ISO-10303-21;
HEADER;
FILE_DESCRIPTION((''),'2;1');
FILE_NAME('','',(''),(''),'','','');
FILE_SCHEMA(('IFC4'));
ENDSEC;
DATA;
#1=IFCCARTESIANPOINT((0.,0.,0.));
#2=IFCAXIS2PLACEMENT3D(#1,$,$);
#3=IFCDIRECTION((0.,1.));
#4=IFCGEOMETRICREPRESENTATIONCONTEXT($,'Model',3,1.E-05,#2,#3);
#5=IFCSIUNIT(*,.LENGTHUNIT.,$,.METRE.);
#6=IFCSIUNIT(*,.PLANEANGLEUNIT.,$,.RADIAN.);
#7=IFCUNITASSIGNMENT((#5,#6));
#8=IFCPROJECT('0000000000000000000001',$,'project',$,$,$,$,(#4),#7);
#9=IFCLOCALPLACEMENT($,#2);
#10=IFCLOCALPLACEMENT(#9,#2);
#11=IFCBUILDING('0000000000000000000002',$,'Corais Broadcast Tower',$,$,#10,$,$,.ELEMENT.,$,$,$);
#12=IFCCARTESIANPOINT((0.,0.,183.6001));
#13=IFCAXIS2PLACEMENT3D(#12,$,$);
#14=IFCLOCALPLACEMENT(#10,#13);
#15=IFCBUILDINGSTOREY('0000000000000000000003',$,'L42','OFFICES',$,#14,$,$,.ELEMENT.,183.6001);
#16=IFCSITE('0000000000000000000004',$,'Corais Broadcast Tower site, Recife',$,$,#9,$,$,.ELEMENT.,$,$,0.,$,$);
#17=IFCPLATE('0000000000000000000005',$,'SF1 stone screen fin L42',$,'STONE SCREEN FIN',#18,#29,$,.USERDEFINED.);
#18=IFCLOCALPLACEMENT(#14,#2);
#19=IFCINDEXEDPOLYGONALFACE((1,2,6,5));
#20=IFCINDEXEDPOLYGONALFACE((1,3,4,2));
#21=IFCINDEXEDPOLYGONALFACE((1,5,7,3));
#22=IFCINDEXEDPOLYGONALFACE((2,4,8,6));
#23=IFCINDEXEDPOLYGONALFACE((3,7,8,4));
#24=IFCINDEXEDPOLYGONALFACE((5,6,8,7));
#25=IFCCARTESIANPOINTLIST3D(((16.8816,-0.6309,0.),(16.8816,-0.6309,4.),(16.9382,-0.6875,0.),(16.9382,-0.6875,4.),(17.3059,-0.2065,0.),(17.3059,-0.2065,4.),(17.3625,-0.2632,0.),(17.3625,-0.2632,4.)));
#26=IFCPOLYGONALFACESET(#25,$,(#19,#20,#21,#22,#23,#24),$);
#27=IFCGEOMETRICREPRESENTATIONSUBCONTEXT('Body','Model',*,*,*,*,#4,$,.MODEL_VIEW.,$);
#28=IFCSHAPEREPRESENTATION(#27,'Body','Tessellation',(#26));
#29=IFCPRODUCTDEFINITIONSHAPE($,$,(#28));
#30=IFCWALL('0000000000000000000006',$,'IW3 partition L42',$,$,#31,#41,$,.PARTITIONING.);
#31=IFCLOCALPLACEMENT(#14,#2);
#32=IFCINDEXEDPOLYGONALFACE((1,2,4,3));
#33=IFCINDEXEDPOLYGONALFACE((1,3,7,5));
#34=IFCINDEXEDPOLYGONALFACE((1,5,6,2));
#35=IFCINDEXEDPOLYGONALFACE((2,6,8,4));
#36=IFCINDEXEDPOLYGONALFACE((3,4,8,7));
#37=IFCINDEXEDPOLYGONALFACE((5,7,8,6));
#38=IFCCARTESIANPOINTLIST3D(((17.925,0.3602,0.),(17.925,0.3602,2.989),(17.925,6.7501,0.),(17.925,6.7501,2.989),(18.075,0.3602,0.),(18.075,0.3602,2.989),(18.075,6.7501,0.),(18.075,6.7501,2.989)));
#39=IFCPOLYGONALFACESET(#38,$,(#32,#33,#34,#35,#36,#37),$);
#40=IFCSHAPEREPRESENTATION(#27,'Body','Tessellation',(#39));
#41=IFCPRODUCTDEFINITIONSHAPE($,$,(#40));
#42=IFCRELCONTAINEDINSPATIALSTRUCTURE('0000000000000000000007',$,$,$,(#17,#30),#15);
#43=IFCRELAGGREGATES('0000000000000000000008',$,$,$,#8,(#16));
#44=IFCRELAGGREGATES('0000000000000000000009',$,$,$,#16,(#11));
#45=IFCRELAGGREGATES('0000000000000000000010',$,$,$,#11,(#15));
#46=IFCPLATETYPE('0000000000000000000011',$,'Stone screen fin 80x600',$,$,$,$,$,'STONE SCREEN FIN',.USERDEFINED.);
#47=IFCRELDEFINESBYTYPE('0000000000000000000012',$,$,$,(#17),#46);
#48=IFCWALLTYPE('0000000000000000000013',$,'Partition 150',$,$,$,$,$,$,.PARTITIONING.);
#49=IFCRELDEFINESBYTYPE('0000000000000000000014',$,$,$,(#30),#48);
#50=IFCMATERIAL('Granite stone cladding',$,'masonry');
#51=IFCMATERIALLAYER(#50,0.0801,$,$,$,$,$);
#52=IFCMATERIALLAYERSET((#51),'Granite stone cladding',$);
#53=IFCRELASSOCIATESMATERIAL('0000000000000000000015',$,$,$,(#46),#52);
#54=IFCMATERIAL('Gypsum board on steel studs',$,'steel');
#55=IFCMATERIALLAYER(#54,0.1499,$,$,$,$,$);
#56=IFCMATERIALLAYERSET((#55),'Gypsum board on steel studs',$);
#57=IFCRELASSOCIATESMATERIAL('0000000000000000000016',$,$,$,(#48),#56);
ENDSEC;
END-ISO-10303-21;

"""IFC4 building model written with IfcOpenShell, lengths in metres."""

from ifc_helpers import new_model, si_unit, direction, frame, frame_2d, origin, origin_2d, place, context, subcontext, project, spatial, rectangle, extrude, material, layer, layer_set, type_object, element, save


model = new_model("IFC4")

# Units and contexts
model_context = context("Model", 3, precision=1e-05, world=origin(), true_north=direction((0.0, 1.0)))
body_context = subcontext(model_context, "Body", "Model", "MODEL_VIEW")
ifc_project = project(units=[si_unit("LENGTHUNIT", "METRE"), si_unit("PLANEANGLEUNIT", "RADIAN")], contexts=[model_context])

# Site, building, storey
site_placement = place(None, origin())
site = spatial("IfcSite", under=ifc_project, at=site_placement, Name="Corais Broadcast Tower site, Recife", CompositionType="ELEMENT", RefElevation=0.0)
building_placement = place(site_placement, origin())
building = spatial("IfcBuilding", under=site, at=building_placement, Name="Corais Broadcast Tower", CompositionType="ELEMENT")
storey_placement = place(building_placement, frame((0.0, 0.0, 183.6001)))
storey = spatial("IfcBuildingStorey", under=building, at=storey_placement, Name="L42", Description="OFFICES", CompositionType="ELEMENT", Elevation=183.6001)

# Plate
ifc_material_1 = material(Name="Granite stone cladding", Category="masonry")
ifc_layer_1 = layer(ifc_material_1, 0.0801)
ifc_layer_set_1 = layer_set([ifc_layer_1], Name="Granite stone cladding")
plate_type_1 = type_object("IfcPlateType", Name="Stone screen fin 80x600", ElementType="STONE SCREEN FIN", PredefinedType="USERDEFINED", material=ifc_layer_set_1)
plate_1_placement = place(storey_placement, frame((17.1221, -0.447, 0.0), z_axis=(0.0, 0.0, 1.0), x_axis=(-0.707107, 0.707107, 0.0)))
element("IfcPlate", 1, at=plate_1_placement, inside=storey, type_object=plate_type_1, Name="SF1 stone screen fin L42", ObjectType="STONE SCREEN FIN", PredefinedType="USERDEFINED", context=body_context, shape_type="SweptSolid", body=[
    extrude(rectangle(XDim=0.0801, YDim=0.6001, at=origin_2d()), origin(), (0.0, 0.0, 1.0), 4.0),
])

# Wall
ifc_material_2 = material(Name="Gypsum board on steel studs", Category="steel")
ifc_layer_2 = layer(ifc_material_2, 0.1499)
ifc_layer_set_2 = layer_set([ifc_layer_2], Name="Gypsum board on steel studs")
wall_type = type_object("IfcWallType", Name="Partition 150", PredefinedType="PARTITIONING", material=ifc_layer_set_2)
wall_placement = place(storey_placement, frame((18.0, 6.75, 0.0), z_axis=(0.0, 0.0, 1.0), x_axis=(0.0, -1.0, 0.0)))
element("IfcWall", 2, at=wall_placement, inside=storey, type_object=wall_type, Name="IW3 partition L42", PredefinedType="PARTITIONING", context=body_context, shape_type="SweptSolid", body=[
    extrude(rectangle(XDim=6.3899, YDim=0.1499, at=frame_2d((3.1948, 0.0))), origin(), (0.0, 0.0, 1.0), 2.989),
])

save(model, "model.ifc")
